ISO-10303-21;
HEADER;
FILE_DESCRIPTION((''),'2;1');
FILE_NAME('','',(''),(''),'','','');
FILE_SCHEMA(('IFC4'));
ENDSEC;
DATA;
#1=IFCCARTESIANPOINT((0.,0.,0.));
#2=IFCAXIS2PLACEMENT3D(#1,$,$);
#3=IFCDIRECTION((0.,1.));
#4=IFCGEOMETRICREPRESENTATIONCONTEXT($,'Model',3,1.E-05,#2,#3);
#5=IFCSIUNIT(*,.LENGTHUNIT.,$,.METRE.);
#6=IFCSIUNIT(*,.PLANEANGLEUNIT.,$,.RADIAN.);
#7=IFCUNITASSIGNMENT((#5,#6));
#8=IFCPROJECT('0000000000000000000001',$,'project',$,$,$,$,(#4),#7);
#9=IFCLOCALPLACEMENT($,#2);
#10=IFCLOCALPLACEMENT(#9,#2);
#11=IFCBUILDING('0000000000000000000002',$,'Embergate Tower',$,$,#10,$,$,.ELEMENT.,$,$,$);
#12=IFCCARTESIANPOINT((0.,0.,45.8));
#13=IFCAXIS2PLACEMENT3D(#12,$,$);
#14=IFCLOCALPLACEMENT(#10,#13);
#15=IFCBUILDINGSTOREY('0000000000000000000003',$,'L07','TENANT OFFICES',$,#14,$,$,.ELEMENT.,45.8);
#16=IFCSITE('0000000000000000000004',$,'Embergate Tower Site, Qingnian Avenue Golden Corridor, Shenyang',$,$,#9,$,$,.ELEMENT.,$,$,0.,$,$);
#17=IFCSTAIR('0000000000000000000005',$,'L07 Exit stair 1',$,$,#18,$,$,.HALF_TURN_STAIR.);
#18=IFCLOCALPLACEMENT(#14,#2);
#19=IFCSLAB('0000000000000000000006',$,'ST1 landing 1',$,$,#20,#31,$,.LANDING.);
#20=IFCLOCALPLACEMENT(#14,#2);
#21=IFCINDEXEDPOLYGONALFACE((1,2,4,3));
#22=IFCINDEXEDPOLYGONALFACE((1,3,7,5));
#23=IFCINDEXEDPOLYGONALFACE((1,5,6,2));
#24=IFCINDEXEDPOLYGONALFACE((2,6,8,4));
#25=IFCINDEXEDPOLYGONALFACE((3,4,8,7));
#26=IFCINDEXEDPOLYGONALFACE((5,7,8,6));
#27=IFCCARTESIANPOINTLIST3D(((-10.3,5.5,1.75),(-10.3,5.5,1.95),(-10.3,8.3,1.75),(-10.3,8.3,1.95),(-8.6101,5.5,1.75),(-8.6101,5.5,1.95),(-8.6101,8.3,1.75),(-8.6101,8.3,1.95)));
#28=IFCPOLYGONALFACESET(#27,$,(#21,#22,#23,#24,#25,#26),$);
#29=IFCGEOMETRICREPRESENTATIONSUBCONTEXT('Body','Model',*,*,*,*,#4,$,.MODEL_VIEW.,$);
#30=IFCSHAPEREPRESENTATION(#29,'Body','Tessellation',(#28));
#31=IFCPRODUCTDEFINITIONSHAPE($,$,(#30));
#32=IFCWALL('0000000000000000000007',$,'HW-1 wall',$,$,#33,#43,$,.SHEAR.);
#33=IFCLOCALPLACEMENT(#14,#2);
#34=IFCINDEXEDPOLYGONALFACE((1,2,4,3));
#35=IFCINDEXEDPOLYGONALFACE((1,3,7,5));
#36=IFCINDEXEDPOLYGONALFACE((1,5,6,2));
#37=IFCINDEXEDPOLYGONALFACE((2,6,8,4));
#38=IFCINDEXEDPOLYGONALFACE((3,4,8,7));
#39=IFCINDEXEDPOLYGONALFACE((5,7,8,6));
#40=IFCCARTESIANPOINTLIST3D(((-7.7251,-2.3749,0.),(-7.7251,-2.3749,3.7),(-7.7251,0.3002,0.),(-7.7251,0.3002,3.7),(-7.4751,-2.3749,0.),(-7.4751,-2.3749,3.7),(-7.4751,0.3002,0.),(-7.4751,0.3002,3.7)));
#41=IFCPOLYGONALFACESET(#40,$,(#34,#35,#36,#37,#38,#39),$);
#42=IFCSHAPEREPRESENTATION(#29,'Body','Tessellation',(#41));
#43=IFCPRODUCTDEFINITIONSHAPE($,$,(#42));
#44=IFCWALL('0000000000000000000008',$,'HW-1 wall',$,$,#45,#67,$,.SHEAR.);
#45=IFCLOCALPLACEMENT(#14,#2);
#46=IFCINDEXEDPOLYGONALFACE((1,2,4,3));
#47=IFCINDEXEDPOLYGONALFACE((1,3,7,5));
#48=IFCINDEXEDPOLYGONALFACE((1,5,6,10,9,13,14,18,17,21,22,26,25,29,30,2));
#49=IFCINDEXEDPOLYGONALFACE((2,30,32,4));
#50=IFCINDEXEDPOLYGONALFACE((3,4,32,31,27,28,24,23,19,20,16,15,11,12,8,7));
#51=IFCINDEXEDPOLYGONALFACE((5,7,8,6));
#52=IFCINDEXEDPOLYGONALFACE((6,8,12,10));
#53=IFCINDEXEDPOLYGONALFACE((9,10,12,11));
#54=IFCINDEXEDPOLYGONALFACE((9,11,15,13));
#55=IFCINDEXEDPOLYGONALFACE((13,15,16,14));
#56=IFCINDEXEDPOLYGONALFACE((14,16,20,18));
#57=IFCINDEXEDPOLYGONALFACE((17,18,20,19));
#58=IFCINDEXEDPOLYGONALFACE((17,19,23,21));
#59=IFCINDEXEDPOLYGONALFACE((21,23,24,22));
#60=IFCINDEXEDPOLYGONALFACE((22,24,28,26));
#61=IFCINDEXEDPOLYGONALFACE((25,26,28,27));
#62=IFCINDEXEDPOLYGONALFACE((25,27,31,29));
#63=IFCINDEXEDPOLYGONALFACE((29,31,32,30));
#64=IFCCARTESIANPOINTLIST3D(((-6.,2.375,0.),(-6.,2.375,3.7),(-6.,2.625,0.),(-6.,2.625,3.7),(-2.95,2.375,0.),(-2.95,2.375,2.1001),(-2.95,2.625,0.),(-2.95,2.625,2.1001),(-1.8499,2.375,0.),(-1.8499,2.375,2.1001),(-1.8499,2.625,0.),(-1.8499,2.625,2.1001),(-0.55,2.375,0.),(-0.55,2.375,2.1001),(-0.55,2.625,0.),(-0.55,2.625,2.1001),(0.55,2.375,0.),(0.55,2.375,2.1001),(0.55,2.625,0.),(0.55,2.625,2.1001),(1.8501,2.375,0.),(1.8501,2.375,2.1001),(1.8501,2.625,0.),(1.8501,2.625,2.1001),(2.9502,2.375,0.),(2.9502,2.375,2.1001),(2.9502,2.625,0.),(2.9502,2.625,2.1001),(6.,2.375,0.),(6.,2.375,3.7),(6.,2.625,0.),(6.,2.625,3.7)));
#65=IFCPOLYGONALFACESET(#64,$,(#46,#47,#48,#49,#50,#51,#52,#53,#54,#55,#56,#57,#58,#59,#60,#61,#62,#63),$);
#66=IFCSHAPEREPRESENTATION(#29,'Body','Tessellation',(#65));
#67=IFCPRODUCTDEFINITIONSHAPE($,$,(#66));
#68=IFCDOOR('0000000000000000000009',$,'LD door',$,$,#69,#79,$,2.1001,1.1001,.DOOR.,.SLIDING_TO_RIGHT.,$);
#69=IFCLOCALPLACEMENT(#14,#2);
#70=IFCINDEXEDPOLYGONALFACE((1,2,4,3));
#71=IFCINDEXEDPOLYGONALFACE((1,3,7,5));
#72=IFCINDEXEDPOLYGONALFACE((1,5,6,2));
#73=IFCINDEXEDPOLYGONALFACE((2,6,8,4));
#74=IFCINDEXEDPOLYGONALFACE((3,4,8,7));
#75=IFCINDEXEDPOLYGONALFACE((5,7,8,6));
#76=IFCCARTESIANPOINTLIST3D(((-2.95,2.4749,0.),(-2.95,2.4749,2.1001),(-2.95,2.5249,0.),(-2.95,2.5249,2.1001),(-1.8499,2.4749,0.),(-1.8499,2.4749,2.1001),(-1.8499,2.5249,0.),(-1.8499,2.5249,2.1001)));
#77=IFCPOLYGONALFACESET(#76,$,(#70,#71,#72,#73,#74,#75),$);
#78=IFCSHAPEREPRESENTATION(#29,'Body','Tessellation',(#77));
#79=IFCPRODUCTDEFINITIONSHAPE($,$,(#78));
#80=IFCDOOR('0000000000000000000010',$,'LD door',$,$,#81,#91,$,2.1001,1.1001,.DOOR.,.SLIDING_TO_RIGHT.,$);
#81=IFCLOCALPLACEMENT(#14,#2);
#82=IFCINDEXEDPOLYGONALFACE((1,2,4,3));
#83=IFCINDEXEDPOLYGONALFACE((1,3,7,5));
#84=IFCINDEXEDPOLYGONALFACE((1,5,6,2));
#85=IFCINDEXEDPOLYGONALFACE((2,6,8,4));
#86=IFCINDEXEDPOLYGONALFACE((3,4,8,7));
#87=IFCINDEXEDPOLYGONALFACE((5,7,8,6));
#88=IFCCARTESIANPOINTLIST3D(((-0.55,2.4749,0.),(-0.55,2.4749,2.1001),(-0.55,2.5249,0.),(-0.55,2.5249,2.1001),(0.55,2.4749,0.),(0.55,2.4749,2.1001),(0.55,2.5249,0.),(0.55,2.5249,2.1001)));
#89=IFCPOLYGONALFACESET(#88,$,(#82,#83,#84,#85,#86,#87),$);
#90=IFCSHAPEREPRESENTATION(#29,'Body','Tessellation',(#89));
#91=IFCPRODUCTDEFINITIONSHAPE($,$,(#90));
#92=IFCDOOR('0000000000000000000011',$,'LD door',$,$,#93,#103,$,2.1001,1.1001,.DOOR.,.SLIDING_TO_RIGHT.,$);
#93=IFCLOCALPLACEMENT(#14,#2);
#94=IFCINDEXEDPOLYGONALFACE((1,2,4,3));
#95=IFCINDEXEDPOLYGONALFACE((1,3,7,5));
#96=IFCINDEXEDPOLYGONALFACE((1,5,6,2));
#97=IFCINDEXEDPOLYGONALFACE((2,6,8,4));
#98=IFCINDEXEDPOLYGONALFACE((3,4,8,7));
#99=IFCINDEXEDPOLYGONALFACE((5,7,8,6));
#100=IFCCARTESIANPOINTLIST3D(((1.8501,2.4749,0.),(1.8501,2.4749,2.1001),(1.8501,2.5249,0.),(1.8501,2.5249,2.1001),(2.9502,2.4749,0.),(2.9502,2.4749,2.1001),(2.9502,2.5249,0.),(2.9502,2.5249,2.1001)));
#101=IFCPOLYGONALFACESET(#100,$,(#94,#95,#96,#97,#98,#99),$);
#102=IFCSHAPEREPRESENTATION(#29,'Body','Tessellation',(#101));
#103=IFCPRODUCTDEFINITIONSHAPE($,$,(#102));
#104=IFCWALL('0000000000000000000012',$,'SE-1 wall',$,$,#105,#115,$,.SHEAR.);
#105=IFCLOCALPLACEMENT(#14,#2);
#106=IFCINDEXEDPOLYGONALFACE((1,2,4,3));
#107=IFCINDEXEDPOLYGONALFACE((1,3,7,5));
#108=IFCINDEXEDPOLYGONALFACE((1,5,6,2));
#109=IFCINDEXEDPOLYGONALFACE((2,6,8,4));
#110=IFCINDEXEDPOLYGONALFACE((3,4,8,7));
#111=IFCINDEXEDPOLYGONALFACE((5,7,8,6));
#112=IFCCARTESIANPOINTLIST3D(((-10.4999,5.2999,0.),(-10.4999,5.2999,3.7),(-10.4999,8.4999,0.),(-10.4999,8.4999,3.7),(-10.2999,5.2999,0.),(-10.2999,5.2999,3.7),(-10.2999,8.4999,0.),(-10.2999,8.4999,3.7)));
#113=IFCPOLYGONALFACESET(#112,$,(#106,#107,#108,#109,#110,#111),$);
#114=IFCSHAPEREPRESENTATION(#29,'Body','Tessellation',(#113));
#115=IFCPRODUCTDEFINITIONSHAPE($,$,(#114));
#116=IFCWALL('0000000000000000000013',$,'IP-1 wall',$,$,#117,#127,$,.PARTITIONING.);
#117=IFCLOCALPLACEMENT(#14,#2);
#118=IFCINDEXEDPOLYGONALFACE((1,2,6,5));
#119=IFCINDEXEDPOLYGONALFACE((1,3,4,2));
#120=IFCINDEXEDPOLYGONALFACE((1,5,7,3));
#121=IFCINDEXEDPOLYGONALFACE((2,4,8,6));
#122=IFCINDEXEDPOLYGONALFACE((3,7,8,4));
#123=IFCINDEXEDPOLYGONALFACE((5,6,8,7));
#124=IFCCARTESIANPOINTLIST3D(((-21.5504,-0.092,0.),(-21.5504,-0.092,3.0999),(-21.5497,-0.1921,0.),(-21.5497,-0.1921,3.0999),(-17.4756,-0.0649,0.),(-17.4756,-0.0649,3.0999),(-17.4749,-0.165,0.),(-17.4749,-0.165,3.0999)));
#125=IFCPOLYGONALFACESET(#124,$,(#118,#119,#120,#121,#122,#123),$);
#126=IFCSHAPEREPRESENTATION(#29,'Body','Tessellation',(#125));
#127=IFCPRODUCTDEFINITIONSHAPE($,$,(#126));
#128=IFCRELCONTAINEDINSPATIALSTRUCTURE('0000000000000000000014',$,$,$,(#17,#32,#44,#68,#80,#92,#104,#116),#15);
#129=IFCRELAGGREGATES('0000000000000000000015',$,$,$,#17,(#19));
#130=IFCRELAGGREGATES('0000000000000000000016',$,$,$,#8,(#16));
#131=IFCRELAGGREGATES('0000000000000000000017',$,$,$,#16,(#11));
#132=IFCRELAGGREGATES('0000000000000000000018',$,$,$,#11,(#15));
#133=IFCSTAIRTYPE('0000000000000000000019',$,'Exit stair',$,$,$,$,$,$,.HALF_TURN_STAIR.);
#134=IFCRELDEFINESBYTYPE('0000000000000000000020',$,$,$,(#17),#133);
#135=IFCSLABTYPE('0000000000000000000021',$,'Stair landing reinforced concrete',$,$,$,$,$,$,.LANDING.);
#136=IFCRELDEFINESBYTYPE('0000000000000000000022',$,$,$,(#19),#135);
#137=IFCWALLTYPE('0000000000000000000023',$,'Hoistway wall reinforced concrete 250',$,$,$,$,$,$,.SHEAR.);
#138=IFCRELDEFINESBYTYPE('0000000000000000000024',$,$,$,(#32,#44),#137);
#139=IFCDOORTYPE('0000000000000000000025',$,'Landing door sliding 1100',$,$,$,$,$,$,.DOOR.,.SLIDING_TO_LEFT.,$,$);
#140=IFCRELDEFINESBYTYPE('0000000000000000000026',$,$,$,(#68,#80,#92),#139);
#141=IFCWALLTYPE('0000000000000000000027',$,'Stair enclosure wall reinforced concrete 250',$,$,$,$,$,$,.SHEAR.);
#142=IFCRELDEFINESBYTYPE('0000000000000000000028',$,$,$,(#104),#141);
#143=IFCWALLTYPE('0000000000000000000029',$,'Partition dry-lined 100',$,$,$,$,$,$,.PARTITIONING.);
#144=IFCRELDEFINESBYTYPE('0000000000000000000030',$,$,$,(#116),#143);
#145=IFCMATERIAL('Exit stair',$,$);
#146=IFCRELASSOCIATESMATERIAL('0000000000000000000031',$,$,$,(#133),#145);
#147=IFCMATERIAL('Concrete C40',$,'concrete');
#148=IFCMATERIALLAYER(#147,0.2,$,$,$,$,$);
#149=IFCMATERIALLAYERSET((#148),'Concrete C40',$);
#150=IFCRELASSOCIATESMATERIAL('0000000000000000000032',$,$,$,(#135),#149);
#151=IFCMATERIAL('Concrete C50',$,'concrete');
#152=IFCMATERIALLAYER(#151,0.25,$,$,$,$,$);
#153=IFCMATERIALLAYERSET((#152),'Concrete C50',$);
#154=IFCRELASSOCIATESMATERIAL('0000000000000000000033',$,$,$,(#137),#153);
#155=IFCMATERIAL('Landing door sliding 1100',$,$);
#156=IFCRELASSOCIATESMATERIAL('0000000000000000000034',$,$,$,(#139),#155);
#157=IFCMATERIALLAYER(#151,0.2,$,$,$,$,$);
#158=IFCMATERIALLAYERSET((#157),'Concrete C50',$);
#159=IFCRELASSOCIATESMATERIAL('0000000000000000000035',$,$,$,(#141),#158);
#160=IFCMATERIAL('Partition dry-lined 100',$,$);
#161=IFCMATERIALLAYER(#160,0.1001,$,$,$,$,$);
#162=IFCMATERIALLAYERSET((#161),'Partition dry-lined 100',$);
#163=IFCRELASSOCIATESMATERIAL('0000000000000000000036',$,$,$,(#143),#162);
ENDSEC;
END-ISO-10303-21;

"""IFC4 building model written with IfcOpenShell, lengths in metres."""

from ifc_helpers import new_model, si_unit, direction, frame, frame_2d, origin, place, context, subcontext, project, spatial, polyline, rectangle, outline, extrude, source, transform, mapped, material, layer, layer_set, type_object, element, fill, aggregate, save


model = new_model("IFC4")

# Units and contexts
model_context = context("Model", 3, precision=1e-05, world=origin(), true_north=direction((0.0, 1.0)))
body_context = subcontext(model_context, "Body", "Model", "MODEL_VIEW")
ifc_project = project(units=[si_unit("LENGTHUNIT", "METRE"), si_unit("PLANEANGLEUNIT", "RADIAN")], contexts=[model_context])

# Site, building, storey
site_placement = place(None, origin())
site = spatial("IfcSite", under=ifc_project, at=site_placement, Name="Embergate Tower Site, Qingnian Avenue Golden Corridor, Shenyang", CompositionType="ELEMENT", RefElevation=0.0)
building_placement = place(site_placement, origin())
building = spatial("IfcBuilding", under=site, at=building_placement, Name="Embergate Tower", CompositionType="ELEMENT")
storey_placement = place(building_placement, frame((0.0, 0.0, 45.8)))
storey = spatial("IfcBuildingStorey", under=building, at=storey_placement, Name="L07", Description="TENANT OFFICES", CompositionType="ELEMENT", Elevation=45.8)

# Stair, slab
ifc_material_1 = material(Name="Exit stair")
stair_type = type_object("IfcStairType", Name="Exit stair", PredefinedType="HALF_TURN_STAIR", material=ifc_material_1)
stair_placement = place(storey_placement, origin())
stair = element("IfcStair", 1, at=stair_placement, inside=storey, type_object=stair_type, Name="L07 Exit stair 1", PredefinedType="HALF_TURN_STAIR")
ifc_material_2 = material(Name="Concrete C40", Category="concrete")
ifc_layer_1 = layer(ifc_material_2, 0.2)
ifc_layer_set_1 = layer_set([ifc_layer_1], Name="Concrete C40")
slab_type = type_object("IfcSlabType", Name="Stair landing reinforced concrete", PredefinedType="LANDING", material=ifc_layer_set_1)
shared_shape_1 = source(origin(), body_context, "Body", "SweptSolid", [
    extrude(outline(polyline([(0.0, 0.0), (1.6899, 0.0), (1.6899, 2.8), (0.0, 2.8), (0.0, 0.0)])), origin(), (0.0, 0.0, 1.0), 0.2),
])
slab_placement = place(storey_placement, frame((-10.3, 5.5, 1.75)))
slab = element("IfcSlab", 2, at=slab_placement, type_object=slab_type, Name="ST1 landing 1", PredefinedType="LANDING", context=body_context, shape_type="MappedRepresentation", body=[
    mapped(shared_shape_1, transform((0.0, 0.0, 0.0))),
])

# Wall
ifc_material_3 = material(Name="Concrete C50", Category="concrete")
ifc_layer_2 = layer(ifc_material_3, 0.25)
ifc_layer_set_2 = layer_set([ifc_layer_2], Name="Concrete C50")
wall_type_1 = type_object("IfcWallType", Name="Hoistway wall reinforced concrete 250", PredefinedType="SHEAR", material=ifc_layer_set_2)
shared_shape_2 = source(origin(), body_context, "Body", "SweptSolid", [
    extrude(rectangle(XDim=2.675, YDim=0.25, at=frame_2d((1.3374, 0.0))), origin(), (0.0, 0.0, 1.0), 3.7),
])
wall_1_placement = place(storey_placement, frame((-7.6001, 0.3, 0.0), z_axis=(0.0, 0.0, 1.0), x_axis=(0.0, -1.0, 0.0)))
element("IfcWall", 3, at=wall_1_placement, inside=storey, type_object=wall_type_1, Name="HW-1 wall", PredefinedType="SHEAR", context=body_context, shape_type="MappedRepresentation", body=[
    mapped(shared_shape_2, transform((0.0, 0.0, 0.0))),
])

# Wall, openings, doors
shared_shape_3 = source(origin(), body_context, "Body", "SweptSolid", [
    extrude(rectangle(XDim=12.0, YDim=0.25, at=frame_2d((6.0, 0.0))), origin(), (0.0, 0.0, 1.0), 3.7),
])
wall_2_placement = place(storey_placement, frame((-6.0, 2.5, 0.0), z_axis=(0.0, 0.0, 1.0), x_axis=(1.0, 0.0, 0.0)))
wall_2 = element("IfcWall", 4, at=wall_2_placement, inside=storey, type_object=wall_type_1, Name="HW-1 wall", PredefinedType="SHEAR", context=body_context, shape_type="MappedRepresentation", body=[
    mapped(shared_shape_3, transform((0.0, 0.0, 0.0))),
])
shared_shape_4 = source(origin(), body_context, "Body", "SweptSolid", [
    extrude(rectangle(XDim=1.1001, YDim=2.1001, at=frame_2d((0.55, 1.05))), frame((0.0, 0.135, 0.0), z_axis=(0.0, -1.0, 0.0), x_axis=(1.0, 0.0, 0.0)), (0.0, 0.0, 1.0), 0.27),
])
opening_1_placement = place(wall_2_placement, frame((3.05, 0.0, 0.0)))
opening_1 = element("IfcOpeningElement", 5, at=opening_1_placement, cuts=wall_2, PredefinedType="OPENING", context=body_context, shape_type="MappedRepresentation", body=[
    mapped(shared_shape_4, transform((0.0, 0.0, 0.0))),
])
opening_2_placement = place(wall_2_placement, frame((5.45, 0.0, 0.0)))
opening_2 = element("IfcOpeningElement", 6, at=opening_2_placement, cuts=wall_2, PredefinedType="OPENING", context=body_context, shape_type="MappedRepresentation", body=[
    mapped(shared_shape_4, transform((0.0, 0.0, 0.0))),
])
opening_3_placement = place(wall_2_placement, frame((7.8501, 0.0, 0.0)))
opening_3 = element("IfcOpeningElement", 7, at=opening_3_placement, cuts=wall_2, PredefinedType="OPENING", context=body_context, shape_type="MappedRepresentation", body=[
    mapped(shared_shape_4, transform((0.0, 0.0, 0.0))),
])
ifc_material_4 = material(Name="Landing door sliding 1100")
door_type_1 = type_object("IfcDoorType", Name="Landing door sliding 1100", OperationType="SLIDING_TO_LEFT", PredefinedType="DOOR", material=ifc_material_4)
shared_shape_5 = source(origin(), body_context, "Body", "SweptSolid", [
    extrude(rectangle(XDim=1.1001, YDim=2.1001, at=frame_2d((0.55, 1.05))), frame((0.0, 0.0249, 0.0), z_axis=(0.0, -1.0, 0.0), x_axis=(1.0, 0.0, 0.0)), (0.0, 0.0, 1.0), 0.05),
])
door_1_placement = place(opening_1_placement, origin())
door_1 = element("IfcDoor", 8, at=door_1_placement, inside=storey, type_object=door_type_1, Name="LD door", OperationType="SLIDING_TO_RIGHT", OverallHeight=2.1001, OverallWidth=1.1001, PredefinedType="DOOR", context=body_context, shape_type="MappedRepresentation", body=[
    mapped(shared_shape_5, transform((0.0, 0.0, 0.0))),
])
fill(opening_1, door_1)
door_2_placement = place(opening_2_placement, origin())
door_2 = element("IfcDoor", 9, at=door_2_placement, inside=storey, type_object=door_type_1, Name="LD door", OperationType="SLIDING_TO_RIGHT", OverallHeight=2.1001, OverallWidth=1.1001, PredefinedType="DOOR", context=body_context, shape_type="MappedRepresentation", body=[
    mapped(shared_shape_5, transform((0.0, 0.0, 0.0))),
])
fill(opening_2, door_2)
door_3_placement = place(opening_3_placement, origin())
door_3 = element("IfcDoor", 10, at=door_3_placement, inside=storey, type_object=door_type_1, Name="LD door", OperationType="SLIDING_TO_RIGHT", OverallHeight=2.1001, OverallWidth=1.1001, PredefinedType="DOOR", context=body_context, shape_type="MappedRepresentation", body=[
    mapped(shared_shape_5, transform((0.0, 0.0, 0.0))),
])
fill(opening_3, door_3)

# Walls
ifc_layer_3 = layer(ifc_material_3, 0.2)
ifc_layer_set_3 = layer_set([ifc_layer_3], Name="Concrete C50")
wall_type_2 = type_object("IfcWallType", Name="Stair enclosure wall reinforced concrete 250", PredefinedType="SHEAR", material=ifc_layer_set_3)
shared_shape_6 = source(origin(), body_context, "Body", "SweptSolid", [
    extrude(rectangle(XDim=3.2, YDim=0.2, at=frame_2d((1.6001, 0.0))), origin(), (0.0, 0.0, 1.0), 3.7),
])
wall_3_placement = place(storey_placement, frame((-10.3999, 8.5, 0.0), z_axis=(0.0, 0.0, 1.0), x_axis=(0.0, -1.0, 0.0)))
element("IfcWall", 11, at=wall_3_placement, inside=storey, type_object=wall_type_2, Name="SE-1 wall", PredefinedType="SHEAR", context=body_context, shape_type="MappedRepresentation", body=[
    mapped(shared_shape_6, transform((0.0, 0.0, 0.0))),
])
ifc_material_5 = material(Name="Partition dry-lined 100")
ifc_layer_4 = layer(ifc_material_5, 0.1001)
ifc_layer_set_4 = layer_set([ifc_layer_4], Name="Partition dry-lined 100")
wall_type_3 = type_object("IfcWallType", Name="Partition dry-lined 100", PredefinedType="PARTITIONING", material=ifc_layer_set_4)
shared_shape_7 = source(origin(), body_context, "Body", "SweptSolid", [
    extrude(rectangle(XDim=4.075, YDim=0.1001, at=frame_2d((2.0376, 0.0))), origin(), (0.0, 0.0, 1.0), 3.0999),
])
wall_4_placement = place(storey_placement, frame((-17.4751, -0.115, 0.0), z_axis=(0.0, 0.0, 1.0), x_axis=(-0.999978, -0.00665, 0.0)))
element("IfcWall", 12, at=wall_4_placement, inside=storey, type_object=wall_type_3, Name="IP-1 wall", PredefinedType="PARTITIONING", context=body_context, shape_type="MappedRepresentation", body=[
    mapped(shared_shape_7, transform((0.0, 0.0, 0.0))),
])

aggregate(stair, [slab])

save(model, "model.ifc")
